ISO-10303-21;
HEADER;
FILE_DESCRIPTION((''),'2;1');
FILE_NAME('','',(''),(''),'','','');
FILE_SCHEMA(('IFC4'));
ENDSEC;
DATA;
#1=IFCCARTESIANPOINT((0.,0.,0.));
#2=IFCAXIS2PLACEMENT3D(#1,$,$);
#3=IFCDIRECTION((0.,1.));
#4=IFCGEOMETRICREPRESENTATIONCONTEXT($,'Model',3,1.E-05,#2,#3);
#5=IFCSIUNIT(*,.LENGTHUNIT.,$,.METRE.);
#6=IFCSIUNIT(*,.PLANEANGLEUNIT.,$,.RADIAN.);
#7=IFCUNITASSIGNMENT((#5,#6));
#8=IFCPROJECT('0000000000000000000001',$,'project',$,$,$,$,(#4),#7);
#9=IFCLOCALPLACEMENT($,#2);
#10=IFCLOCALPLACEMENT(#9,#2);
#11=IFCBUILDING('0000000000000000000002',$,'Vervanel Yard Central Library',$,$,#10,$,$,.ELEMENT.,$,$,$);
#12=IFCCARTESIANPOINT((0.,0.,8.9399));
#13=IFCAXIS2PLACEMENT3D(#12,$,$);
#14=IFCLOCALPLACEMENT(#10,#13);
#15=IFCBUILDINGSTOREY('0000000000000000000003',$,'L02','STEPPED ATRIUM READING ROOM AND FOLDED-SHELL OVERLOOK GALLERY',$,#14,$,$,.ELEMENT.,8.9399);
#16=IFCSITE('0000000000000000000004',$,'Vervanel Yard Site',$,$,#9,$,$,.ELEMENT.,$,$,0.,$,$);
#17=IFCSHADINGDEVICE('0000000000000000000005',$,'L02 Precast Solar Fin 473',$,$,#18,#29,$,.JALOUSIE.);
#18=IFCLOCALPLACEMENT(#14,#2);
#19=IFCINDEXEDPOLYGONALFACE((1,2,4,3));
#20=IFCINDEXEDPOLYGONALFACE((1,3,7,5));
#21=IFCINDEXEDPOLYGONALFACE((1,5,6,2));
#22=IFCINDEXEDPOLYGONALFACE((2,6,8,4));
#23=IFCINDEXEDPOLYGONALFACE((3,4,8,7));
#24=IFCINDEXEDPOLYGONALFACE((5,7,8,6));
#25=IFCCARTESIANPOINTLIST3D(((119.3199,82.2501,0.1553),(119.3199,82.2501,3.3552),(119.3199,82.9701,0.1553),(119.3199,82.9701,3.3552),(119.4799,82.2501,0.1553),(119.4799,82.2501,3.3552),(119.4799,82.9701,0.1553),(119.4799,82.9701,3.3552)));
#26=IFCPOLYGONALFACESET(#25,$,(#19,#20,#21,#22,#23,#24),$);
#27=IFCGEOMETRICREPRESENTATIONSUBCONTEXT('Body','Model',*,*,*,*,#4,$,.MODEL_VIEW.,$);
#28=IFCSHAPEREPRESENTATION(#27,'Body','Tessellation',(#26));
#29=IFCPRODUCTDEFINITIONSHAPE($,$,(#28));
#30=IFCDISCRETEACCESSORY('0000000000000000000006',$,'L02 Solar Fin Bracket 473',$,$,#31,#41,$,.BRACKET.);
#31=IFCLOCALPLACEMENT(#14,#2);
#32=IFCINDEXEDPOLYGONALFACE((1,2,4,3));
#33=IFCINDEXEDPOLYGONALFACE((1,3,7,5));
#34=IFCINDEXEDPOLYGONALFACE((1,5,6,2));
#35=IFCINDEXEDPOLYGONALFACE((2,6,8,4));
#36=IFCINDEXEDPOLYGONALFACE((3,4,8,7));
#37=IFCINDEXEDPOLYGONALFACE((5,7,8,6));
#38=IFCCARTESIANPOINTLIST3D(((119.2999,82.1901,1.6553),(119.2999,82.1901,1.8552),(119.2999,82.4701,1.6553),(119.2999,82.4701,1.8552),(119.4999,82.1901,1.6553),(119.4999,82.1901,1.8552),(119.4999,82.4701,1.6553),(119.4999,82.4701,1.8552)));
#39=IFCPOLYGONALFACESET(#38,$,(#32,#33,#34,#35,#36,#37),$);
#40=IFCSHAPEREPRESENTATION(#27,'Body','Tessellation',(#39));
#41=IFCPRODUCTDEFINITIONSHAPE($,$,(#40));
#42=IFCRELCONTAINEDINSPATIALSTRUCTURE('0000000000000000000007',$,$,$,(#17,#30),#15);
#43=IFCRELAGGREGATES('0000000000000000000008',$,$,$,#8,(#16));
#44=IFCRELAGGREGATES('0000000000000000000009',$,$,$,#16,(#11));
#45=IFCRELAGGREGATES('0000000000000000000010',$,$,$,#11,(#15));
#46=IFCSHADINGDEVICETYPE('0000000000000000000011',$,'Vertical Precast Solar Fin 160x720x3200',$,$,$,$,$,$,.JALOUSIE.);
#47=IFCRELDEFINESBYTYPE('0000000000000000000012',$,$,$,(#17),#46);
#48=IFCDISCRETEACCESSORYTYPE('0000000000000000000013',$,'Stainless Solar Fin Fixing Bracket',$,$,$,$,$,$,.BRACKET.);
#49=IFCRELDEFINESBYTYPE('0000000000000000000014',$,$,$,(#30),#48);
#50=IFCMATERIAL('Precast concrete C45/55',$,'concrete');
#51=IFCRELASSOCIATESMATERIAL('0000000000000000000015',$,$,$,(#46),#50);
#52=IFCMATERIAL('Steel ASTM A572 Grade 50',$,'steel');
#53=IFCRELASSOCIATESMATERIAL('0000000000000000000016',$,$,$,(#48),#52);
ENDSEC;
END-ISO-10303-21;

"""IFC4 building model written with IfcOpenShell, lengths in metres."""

from ifc_helpers import new_model, si_unit, direction, frame, origin, origin_2d, place, context, subcontext, project, spatial, rectangle, extrude, material, type_object, element, save


model = new_model("IFC4")

# Units and contexts
model_context = context("Model", 3, precision=1e-05, world=origin(), true_north=direction((0.0, 1.0)))
body_context = subcontext(model_context, "Body", "Model", "MODEL_VIEW")
ifc_project = project(units=[si_unit("LENGTHUNIT", "METRE"), si_unit("PLANEANGLEUNIT", "RADIAN")], contexts=[model_context])

# Site, building, storey
site_placement = place(None, origin())
site = spatial("IfcSite", under=ifc_project, at=site_placement, Name="Vervanel Yard Site", CompositionType="ELEMENT", RefElevation=0.0)
building_placement = place(site_placement, origin())
building = spatial("IfcBuilding", under=site, at=building_placement, Name="Vervanel Yard Central Library", CompositionType="ELEMENT")
storey_placement = place(building_placement, frame((0.0, 0.0, 8.9399)))
storey = spatial("IfcBuildingStorey", under=building, at=storey_placement, Name="L02", Description="STEPPED ATRIUM READING ROOM AND FOLDED-SHELL OVERLOOK GALLERY", CompositionType="ELEMENT", Elevation=8.9399)

# Shading device
ifc_material_1 = material(Name="Precast concrete C45/55", Category="concrete")
shading_device_type = type_object("IfcShadingDeviceType", Name="Vertical Precast Solar Fin 160x720x3200", PredefinedType="JALOUSIE", material=ifc_material_1)
shading_device_placement = place(storey_placement, frame((119.3999, 82.6101, 0.1553), z_axis=(0.0, 0.0, 1.0), x_axis=(1.0, 0.0, 0.0)))
element("IfcShadingDevice", 1, at=shading_device_placement, inside=storey, type_object=shading_device_type, Name="L02 Precast Solar Fin 473", PredefinedType="JALOUSIE", context=body_context, shape_type="SweptSolid", body=[
    extrude(rectangle(XDim=0.1599, YDim=0.72, at=origin_2d()), origin(), (0.0, 0.0, 1.0), 3.2),
])

# Discrete accessory
ifc_material_2 = material(Name="Steel ASTM A572 Grade 50", Category="steel")
discrete_accessory_type = type_object("IfcDiscreteAccessoryType", Name="Stainless Solar Fin Fixing Bracket", PredefinedType="BRACKET", material=ifc_material_2)
discrete_accessory_placement = place(storey_placement, frame((119.3999, 82.3301, 1.6553), z_axis=(0.0, 0.0, 1.0), x_axis=(1.0, 0.0, 0.0)))
element("IfcDiscreteAccessory", 2, at=discrete_accessory_placement, inside=storey, type_object=discrete_accessory_type, Name="L02 Solar Fin Bracket 473", PredefinedType="BRACKET", context=body_context, shape_type="SweptSolid", body=[
    extrude(rectangle(XDim=0.2, YDim=0.28, at=origin_2d()), origin(), (0.0, 0.0, 1.0), 0.2),
])

save(model, "model.ifc")
